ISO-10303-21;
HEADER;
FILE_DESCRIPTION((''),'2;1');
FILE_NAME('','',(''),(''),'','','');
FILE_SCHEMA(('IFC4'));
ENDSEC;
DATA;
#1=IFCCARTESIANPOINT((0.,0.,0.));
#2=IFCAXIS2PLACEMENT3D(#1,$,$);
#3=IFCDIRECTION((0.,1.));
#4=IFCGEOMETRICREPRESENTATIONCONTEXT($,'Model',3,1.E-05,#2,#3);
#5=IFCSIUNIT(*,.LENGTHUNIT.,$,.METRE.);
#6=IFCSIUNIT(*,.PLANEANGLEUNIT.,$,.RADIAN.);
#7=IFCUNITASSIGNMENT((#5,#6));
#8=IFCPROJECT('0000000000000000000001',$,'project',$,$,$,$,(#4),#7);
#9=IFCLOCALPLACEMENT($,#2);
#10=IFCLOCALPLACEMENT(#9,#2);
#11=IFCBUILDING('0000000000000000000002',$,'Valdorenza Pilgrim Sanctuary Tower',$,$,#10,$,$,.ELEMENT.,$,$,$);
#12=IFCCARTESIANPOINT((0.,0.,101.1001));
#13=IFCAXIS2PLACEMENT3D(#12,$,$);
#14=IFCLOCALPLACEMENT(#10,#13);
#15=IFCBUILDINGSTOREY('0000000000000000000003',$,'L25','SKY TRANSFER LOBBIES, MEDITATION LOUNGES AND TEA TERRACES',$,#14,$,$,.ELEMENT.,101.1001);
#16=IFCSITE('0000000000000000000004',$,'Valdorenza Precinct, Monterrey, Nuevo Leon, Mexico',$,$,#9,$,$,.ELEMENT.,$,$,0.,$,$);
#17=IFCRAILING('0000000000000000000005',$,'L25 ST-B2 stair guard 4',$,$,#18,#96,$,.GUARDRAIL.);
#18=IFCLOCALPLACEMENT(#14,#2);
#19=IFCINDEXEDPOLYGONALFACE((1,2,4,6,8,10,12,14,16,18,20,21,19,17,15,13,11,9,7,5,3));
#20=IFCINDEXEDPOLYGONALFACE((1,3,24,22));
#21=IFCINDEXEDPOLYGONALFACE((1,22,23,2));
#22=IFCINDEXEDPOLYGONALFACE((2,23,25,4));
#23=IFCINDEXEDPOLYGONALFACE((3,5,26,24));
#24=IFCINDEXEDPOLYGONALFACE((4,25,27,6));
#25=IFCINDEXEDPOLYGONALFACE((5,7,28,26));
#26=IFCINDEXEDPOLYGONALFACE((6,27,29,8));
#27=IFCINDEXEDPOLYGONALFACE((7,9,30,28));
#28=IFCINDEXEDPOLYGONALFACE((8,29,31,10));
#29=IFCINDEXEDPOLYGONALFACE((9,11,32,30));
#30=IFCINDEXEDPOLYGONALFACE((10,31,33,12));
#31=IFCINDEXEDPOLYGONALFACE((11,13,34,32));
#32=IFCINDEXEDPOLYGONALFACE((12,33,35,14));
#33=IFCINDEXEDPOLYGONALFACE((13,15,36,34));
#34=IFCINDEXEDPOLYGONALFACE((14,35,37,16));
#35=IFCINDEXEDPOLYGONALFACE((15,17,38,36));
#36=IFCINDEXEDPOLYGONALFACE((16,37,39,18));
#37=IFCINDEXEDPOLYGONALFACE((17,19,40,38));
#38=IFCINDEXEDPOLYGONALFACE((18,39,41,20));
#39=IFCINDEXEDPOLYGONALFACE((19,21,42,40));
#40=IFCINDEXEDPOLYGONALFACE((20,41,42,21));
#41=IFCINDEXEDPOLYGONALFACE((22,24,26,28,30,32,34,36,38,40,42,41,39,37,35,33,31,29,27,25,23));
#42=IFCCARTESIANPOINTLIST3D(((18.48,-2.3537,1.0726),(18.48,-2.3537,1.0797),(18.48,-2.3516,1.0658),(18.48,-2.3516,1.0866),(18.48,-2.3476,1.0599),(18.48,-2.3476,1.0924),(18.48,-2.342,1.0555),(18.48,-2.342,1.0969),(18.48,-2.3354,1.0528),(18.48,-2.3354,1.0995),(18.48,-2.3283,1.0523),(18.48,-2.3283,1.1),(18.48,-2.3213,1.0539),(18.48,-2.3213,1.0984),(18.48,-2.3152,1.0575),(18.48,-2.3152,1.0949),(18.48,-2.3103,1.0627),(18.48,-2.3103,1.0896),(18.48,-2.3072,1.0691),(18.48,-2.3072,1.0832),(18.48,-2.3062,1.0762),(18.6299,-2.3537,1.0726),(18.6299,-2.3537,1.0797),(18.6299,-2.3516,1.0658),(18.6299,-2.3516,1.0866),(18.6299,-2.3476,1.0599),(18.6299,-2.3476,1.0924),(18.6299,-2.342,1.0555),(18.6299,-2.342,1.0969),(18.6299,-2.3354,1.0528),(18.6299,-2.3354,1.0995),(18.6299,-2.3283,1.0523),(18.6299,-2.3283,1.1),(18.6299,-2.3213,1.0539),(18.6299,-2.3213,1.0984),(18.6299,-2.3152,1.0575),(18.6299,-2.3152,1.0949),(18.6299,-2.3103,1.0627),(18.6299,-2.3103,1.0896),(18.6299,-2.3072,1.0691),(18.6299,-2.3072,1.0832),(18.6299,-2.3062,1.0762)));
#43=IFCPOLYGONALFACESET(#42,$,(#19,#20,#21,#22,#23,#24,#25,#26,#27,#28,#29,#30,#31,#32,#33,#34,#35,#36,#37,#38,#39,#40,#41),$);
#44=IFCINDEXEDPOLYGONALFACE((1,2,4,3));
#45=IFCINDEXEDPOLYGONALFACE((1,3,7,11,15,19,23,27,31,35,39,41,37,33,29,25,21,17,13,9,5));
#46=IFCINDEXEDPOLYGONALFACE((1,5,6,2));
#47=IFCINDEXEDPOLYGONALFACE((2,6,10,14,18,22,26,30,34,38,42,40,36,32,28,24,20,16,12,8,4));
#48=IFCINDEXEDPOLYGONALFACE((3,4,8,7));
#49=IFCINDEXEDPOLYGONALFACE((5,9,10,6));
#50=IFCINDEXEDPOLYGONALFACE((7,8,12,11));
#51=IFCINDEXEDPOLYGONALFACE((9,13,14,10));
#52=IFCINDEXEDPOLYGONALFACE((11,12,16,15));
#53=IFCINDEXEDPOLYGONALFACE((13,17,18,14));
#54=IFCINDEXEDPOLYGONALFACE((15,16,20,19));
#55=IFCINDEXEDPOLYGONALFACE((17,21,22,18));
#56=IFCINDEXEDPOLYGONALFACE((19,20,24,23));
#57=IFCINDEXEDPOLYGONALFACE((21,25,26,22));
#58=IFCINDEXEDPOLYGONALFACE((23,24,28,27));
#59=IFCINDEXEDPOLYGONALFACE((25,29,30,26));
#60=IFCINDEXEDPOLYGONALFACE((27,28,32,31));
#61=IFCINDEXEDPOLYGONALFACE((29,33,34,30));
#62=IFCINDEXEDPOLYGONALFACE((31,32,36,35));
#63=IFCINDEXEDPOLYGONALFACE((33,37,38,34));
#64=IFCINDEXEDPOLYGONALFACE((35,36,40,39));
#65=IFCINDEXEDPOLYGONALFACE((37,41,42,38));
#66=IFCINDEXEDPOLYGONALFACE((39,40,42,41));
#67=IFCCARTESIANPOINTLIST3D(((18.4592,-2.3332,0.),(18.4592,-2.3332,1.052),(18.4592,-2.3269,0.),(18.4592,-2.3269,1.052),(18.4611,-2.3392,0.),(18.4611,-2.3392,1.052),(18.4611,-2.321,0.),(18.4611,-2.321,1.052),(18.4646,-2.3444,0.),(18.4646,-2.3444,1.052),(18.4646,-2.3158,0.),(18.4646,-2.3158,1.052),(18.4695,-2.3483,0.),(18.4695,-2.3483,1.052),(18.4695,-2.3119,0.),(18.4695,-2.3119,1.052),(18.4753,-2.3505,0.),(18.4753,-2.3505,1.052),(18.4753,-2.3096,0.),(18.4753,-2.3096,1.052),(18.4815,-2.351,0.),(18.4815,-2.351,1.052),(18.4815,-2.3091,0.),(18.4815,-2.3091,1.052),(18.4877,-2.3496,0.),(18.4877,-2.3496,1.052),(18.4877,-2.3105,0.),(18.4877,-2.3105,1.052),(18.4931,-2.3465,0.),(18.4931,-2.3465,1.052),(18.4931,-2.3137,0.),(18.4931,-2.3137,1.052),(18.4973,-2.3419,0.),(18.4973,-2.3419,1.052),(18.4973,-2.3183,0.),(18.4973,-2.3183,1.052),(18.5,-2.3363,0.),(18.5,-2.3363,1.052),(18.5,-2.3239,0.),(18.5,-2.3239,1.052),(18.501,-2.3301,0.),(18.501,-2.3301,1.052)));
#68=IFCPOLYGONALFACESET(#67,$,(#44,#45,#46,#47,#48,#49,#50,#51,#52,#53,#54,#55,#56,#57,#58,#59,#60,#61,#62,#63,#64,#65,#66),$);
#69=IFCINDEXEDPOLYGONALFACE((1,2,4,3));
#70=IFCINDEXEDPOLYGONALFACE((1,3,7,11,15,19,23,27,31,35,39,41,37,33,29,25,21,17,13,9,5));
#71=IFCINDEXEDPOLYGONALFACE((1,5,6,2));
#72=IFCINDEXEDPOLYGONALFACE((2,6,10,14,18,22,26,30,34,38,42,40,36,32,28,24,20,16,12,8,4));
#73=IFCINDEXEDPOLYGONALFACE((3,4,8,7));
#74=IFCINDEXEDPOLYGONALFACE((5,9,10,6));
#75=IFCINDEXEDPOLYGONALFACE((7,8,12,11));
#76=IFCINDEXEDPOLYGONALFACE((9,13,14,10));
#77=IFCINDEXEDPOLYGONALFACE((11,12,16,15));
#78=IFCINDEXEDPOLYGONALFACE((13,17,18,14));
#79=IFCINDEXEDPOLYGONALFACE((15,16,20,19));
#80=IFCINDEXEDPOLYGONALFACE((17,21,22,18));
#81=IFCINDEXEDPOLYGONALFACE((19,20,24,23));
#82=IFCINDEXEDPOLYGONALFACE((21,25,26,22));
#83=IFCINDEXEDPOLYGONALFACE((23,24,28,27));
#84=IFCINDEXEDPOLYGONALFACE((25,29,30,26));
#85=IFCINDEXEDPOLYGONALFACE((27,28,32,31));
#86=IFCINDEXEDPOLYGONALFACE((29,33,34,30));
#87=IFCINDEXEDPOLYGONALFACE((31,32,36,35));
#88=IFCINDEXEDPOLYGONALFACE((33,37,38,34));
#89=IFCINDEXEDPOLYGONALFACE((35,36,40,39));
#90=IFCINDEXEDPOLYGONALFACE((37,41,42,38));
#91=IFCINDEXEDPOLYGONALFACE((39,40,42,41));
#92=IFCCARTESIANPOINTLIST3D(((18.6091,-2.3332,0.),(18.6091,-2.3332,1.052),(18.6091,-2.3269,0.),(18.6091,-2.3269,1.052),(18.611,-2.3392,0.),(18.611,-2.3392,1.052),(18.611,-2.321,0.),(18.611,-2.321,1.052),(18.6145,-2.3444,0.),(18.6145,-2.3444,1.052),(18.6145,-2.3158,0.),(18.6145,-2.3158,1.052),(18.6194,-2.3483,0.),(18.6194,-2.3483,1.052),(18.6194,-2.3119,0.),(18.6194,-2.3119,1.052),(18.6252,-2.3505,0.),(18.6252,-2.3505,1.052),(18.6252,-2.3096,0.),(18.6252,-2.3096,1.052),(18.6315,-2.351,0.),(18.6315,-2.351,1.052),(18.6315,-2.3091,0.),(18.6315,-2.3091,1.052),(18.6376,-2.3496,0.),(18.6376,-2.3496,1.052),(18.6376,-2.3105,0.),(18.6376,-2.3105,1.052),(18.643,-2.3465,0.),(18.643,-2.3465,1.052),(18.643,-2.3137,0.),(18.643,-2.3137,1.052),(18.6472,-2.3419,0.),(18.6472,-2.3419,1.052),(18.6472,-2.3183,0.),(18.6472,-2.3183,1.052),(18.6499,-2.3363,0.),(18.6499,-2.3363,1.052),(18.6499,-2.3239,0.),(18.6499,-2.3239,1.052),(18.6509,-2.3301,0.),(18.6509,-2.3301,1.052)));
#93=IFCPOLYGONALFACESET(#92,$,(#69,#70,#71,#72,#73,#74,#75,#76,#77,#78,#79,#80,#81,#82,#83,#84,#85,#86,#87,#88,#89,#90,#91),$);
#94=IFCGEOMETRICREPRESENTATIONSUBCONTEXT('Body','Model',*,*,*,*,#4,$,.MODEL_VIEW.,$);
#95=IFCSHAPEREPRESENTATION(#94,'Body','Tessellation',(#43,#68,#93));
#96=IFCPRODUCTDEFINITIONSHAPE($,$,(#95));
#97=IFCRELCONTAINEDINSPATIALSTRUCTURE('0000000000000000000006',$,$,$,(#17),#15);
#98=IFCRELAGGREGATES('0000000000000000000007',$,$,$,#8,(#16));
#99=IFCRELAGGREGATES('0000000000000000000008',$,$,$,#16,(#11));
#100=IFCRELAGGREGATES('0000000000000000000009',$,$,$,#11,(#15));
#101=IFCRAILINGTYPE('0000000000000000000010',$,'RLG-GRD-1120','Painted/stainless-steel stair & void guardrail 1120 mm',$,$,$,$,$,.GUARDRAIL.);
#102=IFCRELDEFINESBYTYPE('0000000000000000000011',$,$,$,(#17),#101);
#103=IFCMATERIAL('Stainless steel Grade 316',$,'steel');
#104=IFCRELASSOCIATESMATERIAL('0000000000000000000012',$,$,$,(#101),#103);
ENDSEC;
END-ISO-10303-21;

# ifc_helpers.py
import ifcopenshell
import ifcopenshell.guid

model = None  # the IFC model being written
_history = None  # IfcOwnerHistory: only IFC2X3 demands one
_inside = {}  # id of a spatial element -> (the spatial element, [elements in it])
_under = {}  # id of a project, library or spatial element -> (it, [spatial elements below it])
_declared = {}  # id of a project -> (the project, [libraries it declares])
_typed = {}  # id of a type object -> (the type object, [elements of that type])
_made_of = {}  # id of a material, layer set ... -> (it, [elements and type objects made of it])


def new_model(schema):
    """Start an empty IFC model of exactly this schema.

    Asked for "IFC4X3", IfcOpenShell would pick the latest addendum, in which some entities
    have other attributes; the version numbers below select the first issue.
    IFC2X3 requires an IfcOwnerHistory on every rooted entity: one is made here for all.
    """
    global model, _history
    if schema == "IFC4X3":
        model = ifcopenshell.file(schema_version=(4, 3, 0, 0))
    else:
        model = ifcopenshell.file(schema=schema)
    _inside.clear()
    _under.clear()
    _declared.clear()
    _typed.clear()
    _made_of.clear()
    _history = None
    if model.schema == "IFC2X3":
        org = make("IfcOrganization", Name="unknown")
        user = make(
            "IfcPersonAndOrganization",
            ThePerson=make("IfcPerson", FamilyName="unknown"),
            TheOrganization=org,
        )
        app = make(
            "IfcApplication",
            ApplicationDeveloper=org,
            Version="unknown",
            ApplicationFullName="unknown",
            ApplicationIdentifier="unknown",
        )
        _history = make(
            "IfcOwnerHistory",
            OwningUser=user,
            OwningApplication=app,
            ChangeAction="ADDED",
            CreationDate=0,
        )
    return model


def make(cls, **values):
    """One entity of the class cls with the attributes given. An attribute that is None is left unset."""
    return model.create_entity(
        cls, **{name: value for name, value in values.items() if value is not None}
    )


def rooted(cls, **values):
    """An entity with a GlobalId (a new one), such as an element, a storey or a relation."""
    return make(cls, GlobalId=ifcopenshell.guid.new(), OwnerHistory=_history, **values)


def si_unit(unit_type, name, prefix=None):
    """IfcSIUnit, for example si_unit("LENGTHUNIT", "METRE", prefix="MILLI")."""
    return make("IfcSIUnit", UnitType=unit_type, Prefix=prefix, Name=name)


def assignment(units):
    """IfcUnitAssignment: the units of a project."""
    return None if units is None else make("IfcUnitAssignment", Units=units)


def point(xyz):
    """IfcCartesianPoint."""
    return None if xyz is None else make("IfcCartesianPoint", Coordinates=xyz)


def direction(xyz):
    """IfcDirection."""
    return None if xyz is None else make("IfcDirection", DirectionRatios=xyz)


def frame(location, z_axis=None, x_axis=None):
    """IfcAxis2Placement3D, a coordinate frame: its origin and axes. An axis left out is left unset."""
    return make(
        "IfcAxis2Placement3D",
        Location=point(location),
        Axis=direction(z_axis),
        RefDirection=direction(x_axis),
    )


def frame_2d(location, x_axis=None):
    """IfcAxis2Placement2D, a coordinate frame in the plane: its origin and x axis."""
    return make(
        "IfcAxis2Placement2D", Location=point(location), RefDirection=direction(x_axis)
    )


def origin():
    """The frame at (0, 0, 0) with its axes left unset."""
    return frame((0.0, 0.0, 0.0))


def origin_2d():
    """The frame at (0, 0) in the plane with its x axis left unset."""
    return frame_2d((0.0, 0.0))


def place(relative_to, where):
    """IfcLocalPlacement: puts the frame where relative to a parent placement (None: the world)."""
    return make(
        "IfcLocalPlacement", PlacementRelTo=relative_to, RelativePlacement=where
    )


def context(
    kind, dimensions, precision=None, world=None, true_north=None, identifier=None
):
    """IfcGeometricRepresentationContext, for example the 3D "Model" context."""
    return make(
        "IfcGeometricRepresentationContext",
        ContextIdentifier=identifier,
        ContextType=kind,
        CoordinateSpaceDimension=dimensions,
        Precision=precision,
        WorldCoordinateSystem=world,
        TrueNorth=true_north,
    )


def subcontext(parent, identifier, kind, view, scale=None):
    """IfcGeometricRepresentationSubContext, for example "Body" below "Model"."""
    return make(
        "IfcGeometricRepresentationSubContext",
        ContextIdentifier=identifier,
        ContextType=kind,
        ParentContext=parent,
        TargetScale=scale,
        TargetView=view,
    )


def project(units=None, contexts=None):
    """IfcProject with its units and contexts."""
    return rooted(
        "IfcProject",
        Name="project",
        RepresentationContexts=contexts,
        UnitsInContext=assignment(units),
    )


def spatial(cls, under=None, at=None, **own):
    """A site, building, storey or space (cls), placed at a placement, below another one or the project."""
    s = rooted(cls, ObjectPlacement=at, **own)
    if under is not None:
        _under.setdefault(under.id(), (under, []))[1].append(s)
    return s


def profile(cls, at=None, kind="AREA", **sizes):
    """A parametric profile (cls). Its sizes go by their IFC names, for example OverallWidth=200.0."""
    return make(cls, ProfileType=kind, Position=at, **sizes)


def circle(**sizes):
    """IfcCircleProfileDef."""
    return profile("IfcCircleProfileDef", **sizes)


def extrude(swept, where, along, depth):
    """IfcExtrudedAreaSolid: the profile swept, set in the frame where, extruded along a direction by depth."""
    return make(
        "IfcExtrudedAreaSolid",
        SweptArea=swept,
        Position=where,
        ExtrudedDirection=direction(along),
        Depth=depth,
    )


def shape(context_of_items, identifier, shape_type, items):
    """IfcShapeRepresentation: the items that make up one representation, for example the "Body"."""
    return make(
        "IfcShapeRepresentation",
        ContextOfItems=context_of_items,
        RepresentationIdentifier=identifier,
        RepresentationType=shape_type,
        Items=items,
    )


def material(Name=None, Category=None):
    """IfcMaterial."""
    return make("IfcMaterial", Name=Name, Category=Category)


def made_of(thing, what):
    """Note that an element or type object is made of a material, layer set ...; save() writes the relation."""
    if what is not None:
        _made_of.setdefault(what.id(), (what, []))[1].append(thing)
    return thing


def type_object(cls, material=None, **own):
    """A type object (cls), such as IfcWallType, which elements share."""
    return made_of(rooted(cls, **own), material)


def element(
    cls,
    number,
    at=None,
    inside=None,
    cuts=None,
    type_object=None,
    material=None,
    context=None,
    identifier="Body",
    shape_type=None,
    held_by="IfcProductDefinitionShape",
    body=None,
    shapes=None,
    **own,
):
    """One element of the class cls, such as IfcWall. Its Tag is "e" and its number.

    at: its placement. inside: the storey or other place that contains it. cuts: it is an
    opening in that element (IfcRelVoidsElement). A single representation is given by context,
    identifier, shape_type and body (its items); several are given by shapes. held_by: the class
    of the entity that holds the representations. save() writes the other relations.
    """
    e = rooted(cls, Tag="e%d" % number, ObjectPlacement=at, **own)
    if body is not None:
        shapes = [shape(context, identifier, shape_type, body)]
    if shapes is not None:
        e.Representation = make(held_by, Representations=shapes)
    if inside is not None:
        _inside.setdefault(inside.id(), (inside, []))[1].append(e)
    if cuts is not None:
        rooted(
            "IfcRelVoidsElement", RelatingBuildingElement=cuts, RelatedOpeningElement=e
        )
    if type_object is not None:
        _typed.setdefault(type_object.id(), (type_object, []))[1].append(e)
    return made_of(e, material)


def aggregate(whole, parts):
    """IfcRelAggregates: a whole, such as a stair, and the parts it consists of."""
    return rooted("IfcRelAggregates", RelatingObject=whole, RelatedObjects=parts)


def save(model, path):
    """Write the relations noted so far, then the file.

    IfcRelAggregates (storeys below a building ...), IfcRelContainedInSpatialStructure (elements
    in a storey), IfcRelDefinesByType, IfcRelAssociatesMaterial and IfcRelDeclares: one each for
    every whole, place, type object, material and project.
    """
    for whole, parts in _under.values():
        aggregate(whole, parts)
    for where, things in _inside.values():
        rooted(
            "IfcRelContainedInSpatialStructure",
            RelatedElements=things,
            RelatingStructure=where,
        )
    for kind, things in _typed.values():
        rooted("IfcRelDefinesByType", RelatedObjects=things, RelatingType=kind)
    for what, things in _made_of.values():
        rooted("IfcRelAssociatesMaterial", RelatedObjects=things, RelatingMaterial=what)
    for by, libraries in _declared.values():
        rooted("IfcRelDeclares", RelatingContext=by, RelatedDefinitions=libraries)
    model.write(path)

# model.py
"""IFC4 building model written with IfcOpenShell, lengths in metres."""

from ifc_helpers import new_model, si_unit, direction, frame, origin, origin_2d, place, context, subcontext, project, spatial, circle, extrude, material, type_object, element, save


model = new_model("IFC4")

# Units and contexts
model_context = context("Model", 3, precision=1e-05, world=origin(), true_north=direction((0.0, 1.0)))
body_context = subcontext(model_context, "Body", "Model", "MODEL_VIEW")
ifc_project = project(units=[si_unit("LENGTHUNIT", "METRE"), si_unit("PLANEANGLEUNIT", "RADIAN")], contexts=[model_context])

# Site, building, storey
site_placement = place(None, origin())
site = spatial("IfcSite", under=ifc_project, at=site_placement, Name="Valdorenza Precinct, Monterrey, Nuevo Leon, Mexico", CompositionType="ELEMENT", RefElevation=0.0)
building_placement = place(site_placement, origin())
building = spatial("IfcBuilding", under=site, at=building_placement, Name="Valdorenza Pilgrim Sanctuary Tower", CompositionType="ELEMENT")
storey_placement = place(building_placement, frame((0.0, 0.0, 101.1001)))
storey = spatial("IfcBuildingStorey", under=building, at=storey_placement, Name="L25", Description="SKY TRANSFER LOBBIES, MEDITATION LOUNGES AND TEA TERRACES", CompositionType="ELEMENT", Elevation=101.1001)

# Railing
ifc_material_1 = material(Name="Stainless steel Grade 316", Category="steel")
railing_type_1 = type_object("IfcRailingType", Name="RLG-GRD-1120", Description="Painted/stainless-steel stair & void guardrail 1120 mm", PredefinedType="GUARDRAIL", material=ifc_material_1)
railing_1_placement = place(storey_placement, frame((18.48, -2.3301, 0.0)))
element("IfcRailing", 1, at=railing_1_placement, inside=storey, type_object=railing_type_1, Name="L25 ST-B2 stair guard 4", PredefinedType="GUARDRAIL", context=body_context, shape_type="SweptSolid", body=[
    extrude(circle(Radius=0.0239, at=origin_2d()), frame((0.0, 0.0, 1.0762), z_axis=(1.0, 0.0, 0.0), x_axis=(0.0, 1.0, 0.0)), (0.0, 0.0, 1.0), 0.1499),
    extrude(circle(Radius=0.021, at=origin_2d()), origin(), (0.0, 0.0, 1.0), 1.052),
    extrude(circle(Radius=0.021, at=origin_2d()), frame((0.1499, 0.0, 0.0)), (0.0, 0.0, 1.0), 1.052),
])

save(model, "model.ifc")
